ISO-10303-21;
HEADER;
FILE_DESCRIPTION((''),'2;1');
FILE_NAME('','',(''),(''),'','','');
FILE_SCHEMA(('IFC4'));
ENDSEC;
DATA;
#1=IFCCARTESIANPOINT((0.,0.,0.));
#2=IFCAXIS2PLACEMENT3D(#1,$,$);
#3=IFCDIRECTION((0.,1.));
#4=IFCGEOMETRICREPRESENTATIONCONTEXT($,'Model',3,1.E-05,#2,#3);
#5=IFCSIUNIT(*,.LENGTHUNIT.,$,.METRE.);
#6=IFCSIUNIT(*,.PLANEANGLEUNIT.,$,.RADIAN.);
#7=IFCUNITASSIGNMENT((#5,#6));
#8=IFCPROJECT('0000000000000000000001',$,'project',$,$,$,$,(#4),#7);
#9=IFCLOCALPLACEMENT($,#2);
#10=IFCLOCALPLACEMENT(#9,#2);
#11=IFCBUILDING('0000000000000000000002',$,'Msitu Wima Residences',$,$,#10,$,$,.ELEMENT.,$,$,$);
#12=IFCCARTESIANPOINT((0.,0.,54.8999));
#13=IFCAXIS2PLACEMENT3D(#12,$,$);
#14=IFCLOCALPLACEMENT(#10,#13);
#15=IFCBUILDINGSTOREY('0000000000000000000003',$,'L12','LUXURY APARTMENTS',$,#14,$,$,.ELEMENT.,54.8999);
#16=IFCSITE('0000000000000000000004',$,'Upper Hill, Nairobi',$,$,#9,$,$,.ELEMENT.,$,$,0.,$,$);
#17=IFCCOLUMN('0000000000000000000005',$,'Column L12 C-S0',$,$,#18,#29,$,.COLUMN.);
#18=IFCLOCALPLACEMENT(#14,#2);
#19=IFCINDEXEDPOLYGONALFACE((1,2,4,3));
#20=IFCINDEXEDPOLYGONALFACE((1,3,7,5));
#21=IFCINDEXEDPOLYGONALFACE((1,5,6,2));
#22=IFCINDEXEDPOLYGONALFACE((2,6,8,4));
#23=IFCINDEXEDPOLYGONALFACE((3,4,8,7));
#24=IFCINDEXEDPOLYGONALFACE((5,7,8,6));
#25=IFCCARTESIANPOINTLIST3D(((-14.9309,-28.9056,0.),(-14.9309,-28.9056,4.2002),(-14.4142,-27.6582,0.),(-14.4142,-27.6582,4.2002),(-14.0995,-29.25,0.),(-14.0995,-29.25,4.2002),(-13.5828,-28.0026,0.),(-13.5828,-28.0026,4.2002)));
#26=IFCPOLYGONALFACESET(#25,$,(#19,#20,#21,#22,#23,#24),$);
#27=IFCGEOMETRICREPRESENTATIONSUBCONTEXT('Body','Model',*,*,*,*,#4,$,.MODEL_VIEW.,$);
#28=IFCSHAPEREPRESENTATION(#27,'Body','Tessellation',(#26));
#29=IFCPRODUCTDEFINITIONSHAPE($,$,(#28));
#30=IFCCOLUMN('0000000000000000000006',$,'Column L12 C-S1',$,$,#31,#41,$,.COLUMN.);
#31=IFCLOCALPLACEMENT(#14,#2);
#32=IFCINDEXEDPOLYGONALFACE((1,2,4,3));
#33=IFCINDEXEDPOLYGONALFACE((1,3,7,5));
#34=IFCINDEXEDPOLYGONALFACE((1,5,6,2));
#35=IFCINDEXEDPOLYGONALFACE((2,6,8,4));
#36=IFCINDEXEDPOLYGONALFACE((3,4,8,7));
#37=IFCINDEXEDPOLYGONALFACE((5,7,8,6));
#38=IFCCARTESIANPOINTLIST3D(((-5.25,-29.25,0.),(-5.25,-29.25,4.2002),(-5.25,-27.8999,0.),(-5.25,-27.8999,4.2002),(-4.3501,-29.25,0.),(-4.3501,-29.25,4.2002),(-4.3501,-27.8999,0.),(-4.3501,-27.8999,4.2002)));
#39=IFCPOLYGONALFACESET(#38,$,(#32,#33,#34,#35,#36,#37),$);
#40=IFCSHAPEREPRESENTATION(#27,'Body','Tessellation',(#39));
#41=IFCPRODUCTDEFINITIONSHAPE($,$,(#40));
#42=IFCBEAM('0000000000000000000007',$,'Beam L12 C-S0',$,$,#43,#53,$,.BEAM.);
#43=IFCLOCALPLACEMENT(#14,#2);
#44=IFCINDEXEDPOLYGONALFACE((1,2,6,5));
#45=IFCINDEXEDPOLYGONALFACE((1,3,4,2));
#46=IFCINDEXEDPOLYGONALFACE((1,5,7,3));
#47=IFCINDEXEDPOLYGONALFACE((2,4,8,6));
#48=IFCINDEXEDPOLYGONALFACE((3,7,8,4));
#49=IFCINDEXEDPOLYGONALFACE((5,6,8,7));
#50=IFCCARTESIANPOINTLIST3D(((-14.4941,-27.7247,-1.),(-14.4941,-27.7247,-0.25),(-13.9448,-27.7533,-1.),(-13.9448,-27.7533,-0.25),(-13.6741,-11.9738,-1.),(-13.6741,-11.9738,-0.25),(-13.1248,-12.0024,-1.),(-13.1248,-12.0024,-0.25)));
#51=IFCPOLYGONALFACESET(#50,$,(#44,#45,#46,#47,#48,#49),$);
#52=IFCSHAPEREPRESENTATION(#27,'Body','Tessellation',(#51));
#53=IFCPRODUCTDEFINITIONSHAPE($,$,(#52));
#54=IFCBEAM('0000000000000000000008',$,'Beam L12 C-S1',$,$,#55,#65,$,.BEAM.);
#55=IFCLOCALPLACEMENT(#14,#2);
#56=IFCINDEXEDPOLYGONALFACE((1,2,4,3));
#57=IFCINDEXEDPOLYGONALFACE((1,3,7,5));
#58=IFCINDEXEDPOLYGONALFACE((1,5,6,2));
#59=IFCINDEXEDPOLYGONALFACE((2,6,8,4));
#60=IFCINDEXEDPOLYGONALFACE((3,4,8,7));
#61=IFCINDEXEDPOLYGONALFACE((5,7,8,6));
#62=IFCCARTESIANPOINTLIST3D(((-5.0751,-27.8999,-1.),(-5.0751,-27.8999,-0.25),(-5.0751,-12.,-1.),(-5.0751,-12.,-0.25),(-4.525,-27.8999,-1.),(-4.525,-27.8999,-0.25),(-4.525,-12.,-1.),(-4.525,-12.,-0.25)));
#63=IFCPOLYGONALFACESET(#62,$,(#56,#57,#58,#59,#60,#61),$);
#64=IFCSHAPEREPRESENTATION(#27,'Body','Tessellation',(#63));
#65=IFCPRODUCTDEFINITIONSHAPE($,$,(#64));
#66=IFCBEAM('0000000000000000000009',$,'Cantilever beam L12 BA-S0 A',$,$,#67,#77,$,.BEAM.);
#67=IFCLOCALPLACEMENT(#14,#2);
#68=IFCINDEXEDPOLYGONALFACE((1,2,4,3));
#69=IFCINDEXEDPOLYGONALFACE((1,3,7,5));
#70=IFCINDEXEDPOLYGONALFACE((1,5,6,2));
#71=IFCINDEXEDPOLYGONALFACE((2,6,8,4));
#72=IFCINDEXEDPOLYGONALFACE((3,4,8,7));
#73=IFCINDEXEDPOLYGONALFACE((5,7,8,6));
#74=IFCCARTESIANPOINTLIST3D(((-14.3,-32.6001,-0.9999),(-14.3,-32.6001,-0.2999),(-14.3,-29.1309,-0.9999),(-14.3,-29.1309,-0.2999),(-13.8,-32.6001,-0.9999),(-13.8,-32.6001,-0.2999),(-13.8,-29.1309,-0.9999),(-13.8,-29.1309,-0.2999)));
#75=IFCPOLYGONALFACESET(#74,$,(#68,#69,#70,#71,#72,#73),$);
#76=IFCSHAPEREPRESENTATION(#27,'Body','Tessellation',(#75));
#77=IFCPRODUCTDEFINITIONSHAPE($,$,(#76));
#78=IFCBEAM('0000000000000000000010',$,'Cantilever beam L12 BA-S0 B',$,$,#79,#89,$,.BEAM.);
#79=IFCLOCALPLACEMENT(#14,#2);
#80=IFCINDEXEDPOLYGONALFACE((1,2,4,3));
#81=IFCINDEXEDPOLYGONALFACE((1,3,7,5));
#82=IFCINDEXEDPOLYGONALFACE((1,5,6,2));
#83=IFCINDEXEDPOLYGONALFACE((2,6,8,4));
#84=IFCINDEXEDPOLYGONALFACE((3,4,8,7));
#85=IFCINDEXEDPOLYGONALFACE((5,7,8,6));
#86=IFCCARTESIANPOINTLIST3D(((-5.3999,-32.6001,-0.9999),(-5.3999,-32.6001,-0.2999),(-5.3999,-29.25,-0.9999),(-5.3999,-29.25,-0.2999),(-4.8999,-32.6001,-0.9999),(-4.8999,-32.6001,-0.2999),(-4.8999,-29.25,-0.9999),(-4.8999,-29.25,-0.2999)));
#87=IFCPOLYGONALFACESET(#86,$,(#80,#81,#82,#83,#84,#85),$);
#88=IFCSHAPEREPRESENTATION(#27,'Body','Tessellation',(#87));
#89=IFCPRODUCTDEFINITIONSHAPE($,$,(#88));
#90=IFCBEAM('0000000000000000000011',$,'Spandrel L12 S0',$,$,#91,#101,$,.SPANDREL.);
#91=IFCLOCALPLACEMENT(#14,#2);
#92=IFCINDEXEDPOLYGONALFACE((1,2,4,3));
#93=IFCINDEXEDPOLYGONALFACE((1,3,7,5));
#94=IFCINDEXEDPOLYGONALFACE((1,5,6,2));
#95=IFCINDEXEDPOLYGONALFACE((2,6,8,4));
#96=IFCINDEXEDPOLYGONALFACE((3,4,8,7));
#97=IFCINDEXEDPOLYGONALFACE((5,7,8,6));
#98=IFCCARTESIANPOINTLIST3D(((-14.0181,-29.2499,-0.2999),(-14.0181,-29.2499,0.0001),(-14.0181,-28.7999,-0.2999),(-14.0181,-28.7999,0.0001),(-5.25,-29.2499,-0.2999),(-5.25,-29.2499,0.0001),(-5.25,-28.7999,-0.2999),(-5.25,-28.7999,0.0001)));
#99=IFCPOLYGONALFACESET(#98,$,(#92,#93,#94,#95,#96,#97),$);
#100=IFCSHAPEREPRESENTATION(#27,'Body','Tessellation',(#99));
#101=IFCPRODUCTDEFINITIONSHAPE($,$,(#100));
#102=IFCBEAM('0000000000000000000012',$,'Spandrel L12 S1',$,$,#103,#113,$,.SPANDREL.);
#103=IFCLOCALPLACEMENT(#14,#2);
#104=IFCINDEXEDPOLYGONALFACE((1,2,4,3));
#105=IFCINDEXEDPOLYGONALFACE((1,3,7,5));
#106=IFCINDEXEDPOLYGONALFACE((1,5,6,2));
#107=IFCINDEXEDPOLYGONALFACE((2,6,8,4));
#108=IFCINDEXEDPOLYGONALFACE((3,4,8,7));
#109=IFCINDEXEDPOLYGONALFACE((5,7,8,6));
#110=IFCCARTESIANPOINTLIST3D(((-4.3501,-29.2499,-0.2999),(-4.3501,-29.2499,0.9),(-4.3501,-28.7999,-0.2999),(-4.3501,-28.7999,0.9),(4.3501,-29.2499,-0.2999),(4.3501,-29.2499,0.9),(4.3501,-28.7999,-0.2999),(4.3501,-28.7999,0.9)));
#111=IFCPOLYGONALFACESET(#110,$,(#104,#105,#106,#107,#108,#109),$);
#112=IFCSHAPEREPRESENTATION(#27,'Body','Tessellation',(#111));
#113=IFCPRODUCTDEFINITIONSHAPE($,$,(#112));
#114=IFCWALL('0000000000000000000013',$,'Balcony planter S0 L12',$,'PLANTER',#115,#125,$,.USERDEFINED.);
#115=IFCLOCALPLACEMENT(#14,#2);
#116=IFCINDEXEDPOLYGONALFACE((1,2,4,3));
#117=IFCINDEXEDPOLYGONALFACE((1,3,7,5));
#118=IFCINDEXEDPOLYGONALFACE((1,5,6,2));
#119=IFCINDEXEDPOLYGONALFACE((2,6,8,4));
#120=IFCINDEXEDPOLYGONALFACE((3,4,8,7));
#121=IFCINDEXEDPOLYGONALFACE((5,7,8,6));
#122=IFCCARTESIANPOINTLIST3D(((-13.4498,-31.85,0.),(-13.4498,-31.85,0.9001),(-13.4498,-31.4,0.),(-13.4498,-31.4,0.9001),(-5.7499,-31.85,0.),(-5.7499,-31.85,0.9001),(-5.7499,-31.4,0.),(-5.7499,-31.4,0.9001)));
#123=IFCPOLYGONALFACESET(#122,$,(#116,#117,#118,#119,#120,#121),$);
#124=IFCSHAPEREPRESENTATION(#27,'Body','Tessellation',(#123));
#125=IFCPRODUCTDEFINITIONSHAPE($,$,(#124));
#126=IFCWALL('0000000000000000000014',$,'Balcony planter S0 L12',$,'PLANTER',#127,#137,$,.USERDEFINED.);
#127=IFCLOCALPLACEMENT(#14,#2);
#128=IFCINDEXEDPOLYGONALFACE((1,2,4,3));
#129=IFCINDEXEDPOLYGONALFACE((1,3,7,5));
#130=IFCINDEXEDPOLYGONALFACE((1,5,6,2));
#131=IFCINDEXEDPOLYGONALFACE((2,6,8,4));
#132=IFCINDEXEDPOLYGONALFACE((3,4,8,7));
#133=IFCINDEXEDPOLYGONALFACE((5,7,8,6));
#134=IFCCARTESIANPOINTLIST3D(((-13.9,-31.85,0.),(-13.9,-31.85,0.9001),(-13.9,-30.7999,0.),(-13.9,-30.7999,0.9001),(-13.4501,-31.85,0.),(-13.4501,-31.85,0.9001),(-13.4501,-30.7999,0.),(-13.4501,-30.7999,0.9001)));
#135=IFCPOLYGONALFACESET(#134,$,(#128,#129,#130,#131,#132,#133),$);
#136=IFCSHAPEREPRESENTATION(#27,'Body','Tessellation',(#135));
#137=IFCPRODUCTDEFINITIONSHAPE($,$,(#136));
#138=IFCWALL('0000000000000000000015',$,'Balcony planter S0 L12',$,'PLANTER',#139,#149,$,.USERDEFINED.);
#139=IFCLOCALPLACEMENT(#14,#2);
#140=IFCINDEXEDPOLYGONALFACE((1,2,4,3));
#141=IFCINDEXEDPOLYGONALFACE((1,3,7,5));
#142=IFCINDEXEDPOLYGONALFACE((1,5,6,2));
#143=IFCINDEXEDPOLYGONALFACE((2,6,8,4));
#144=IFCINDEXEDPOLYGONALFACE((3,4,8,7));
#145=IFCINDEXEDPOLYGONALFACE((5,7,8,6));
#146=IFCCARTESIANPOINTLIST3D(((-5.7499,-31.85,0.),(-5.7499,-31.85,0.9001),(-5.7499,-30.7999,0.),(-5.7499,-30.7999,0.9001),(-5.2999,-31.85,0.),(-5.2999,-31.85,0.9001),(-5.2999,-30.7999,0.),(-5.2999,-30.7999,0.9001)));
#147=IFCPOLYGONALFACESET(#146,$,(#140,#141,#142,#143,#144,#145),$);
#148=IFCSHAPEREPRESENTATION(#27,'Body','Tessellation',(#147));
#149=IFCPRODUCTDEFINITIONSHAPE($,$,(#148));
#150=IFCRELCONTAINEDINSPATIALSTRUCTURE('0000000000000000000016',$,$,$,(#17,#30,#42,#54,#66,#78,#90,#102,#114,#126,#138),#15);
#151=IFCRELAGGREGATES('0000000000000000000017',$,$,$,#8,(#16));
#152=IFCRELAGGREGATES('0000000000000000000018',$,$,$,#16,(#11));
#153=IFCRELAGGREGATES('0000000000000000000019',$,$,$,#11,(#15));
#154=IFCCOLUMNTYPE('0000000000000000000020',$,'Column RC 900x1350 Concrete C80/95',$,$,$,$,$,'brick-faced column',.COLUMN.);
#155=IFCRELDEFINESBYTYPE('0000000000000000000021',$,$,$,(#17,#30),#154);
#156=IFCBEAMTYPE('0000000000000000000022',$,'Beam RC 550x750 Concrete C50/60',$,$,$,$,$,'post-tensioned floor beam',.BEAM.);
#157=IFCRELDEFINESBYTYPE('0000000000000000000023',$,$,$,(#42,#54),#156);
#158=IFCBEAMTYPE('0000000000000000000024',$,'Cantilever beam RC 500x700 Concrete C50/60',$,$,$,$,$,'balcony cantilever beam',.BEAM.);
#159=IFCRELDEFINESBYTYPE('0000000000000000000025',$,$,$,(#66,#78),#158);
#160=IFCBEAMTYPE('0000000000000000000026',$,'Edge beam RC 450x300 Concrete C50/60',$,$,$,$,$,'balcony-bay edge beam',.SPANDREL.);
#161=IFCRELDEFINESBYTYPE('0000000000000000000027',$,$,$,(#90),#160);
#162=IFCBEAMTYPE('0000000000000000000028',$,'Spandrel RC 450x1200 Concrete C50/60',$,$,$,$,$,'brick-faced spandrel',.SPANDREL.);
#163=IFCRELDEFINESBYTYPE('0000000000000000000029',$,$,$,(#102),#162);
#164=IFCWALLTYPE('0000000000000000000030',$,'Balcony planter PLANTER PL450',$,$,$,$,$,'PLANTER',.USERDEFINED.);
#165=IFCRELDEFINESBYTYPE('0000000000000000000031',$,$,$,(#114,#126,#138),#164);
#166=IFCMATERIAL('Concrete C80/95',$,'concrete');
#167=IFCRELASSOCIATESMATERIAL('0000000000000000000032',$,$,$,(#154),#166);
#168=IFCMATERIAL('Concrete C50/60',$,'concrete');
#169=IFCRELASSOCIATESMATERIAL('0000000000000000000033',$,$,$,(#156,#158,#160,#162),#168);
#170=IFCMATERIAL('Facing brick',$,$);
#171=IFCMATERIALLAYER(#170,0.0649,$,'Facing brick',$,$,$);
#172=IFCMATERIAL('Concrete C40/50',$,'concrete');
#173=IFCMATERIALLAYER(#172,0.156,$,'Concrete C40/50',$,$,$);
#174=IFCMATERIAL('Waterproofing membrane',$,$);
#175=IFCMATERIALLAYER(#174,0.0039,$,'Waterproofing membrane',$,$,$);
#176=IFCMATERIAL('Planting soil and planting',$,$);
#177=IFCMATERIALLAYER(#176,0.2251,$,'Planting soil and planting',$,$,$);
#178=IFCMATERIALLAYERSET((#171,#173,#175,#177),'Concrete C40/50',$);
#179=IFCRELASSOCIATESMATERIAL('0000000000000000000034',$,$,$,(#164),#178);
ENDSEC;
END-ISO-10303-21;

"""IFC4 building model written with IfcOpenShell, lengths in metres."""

from ifc_helpers import new_model, si_unit, direction, frame, frame_2d, origin, origin_2d, place, context, subcontext, project, spatial, rectangle, extrude, material, layer, layer_set, material_profile, profile_set, type_object, element, save


model = new_model("IFC4")

# Units and contexts
model_context = context("Model", 3, precision=1e-05, world=origin(), true_north=direction((0.0, 1.0)))
body_context = subcontext(model_context, "Body", "Model", "MODEL_VIEW")
ifc_project = project(units=[si_unit("LENGTHUNIT", "METRE"), si_unit("PLANEANGLEUNIT", "RADIAN")], contexts=[model_context])

# Site, building, storey
site_placement = place(None, origin())
site = spatial("IfcSite", under=ifc_project, at=site_placement, Name="Upper Hill, Nairobi", CompositionType="ELEMENT", RefElevation=0.0)
building_placement = place(site_placement, origin())
building = spatial("IfcBuilding", under=site, at=building_placement, Name="Msitu Wima Residences", CompositionType="ELEMENT")
storey_placement = place(building_placement, frame((0.0, 0.0, 54.8999)))
storey = spatial("IfcBuildingStorey", under=building, at=storey_placement, Name="L12", Description="LUXURY APARTMENTS", CompositionType="ELEMENT", Elevation=54.8999)

# Columns
ifc_material_1 = material(Name="Concrete C80/95", Category="concrete")
ifc_material_profile_1 = material_profile(ifc_material_1, rectangle(XDim=0.8999, YDim=1.3501, at=origin_2d()), Name="RC 900x1350")
ifc_profile_set_1 = profile_set([ifc_material_profile_1], Name="Concrete C80/95")
column_type = type_object("IfcColumnType", Name="Column RC 900x1350 Concrete C80/95", ElementType="brick-faced column", PredefinedType="COLUMN", material=ifc_profile_set_1)
for number, where, z_axis, x_axis, name in (
    (1, (-14.2568, -28.4541, 0.0), (0.0, 0.0, 1.0), (0.92388, -0.382683, 0.0), "Column L12 C-S0"),
    (2, (-4.8, -28.575, 0.0), (0.0, 0.0, 1.0), (1.0, 0.0, 0.0), "Column L12 C-S1"),
):
    element("IfcColumn", number, at=place(storey_placement, frame(where, z_axis=z_axis, x_axis=x_axis)), inside=storey, type_object=column_type, Name=name, PredefinedType="COLUMN", context=body_context, shape_type="SweptSolid", body=[
        extrude(rectangle(XDim=0.8999, YDim=1.3501, at=origin_2d()), origin(), (0.0, 0.0, 1.0), 4.2002),
    ])

# Beams
ifc_material_2 = material(Name="Concrete C50/60", Category="concrete")
ifc_material_profile_2 = material_profile(ifc_material_2, rectangle(XDim=0.55, YDim=0.75, at=origin_2d()), Name="RC 550x750")
ifc_profile_set_2 = profile_set([ifc_material_profile_2], Name="Concrete C50/60")
beam_type_1 = type_object("IfcBeamType", Name="Beam RC 550x750 Concrete C50/60", ElementType="post-tensioned floor beam", PredefinedType="BEAM", material=ifc_profile_set_2)
beam_1_placement = place(storey_placement, frame((-14.2195, -27.739, -0.625), z_axis=(0.051994, 0.998647, 0.0), x_axis=(-0.998647, 0.051994, 0.0)))
element("IfcBeam", 3, at=beam_1_placement, inside=storey, type_object=beam_type_1, Name="Beam L12 C-S0", PredefinedType="BEAM", context=body_context, shape_type="SweptSolid", body=[
    extrude(rectangle(XDim=0.55, YDim=0.75, at=origin_2d()), origin(), (0.0, 0.0, 1.0), 15.7722),
])
beam_2_placement = place(storey_placement, frame((-4.8, -27.8999, -0.625), z_axis=(0.0, 1.0, 0.0), x_axis=(-1.0, 0.0, 0.0)))
element("IfcBeam", 4, at=beam_2_placement, inside=storey, type_object=beam_type_1, Name="Beam L12 C-S1", PredefinedType="BEAM", context=body_context, shape_type="SweptSolid", body=[
    extrude(rectangle(XDim=0.55, YDim=0.75, at=origin_2d()), origin(), (0.0, 0.0, 1.0), 15.8999),
])
ifc_material_profile_3 = material_profile(ifc_material_2, rectangle(XDim=0.5, YDim=0.7, at=origin_2d()), Name="RC 500x700")
ifc_profile_set_3 = profile_set([ifc_material_profile_3], Name="Concrete C50/60")
beam_type_2 = type_object("IfcBeamType", Name="Cantilever beam RC 500x700 Concrete C50/60", ElementType="balcony cantilever beam", PredefinedType="BEAM", material=ifc_profile_set_3)
beam_3_placement = place(storey_placement, frame((-14.05, -29.1309, -0.6499), z_axis=(0.0, -1.0, 0.0), x_axis=(1.0, 0.0, 0.0)))
element("IfcBeam", 5, at=beam_3_placement, inside=storey, type_object=beam_type_2, Name="Cantilever beam L12 BA-S0 A", PredefinedType="BEAM", context=body_context, shape_type="SweptSolid", body=[
    extrude(rectangle(XDim=0.5, YDim=0.7, at=origin_2d()), origin(), (0.0, 0.0, 1.0), 3.4692),
])
beam_4_placement = place(storey_placement, frame((-5.1499, -29.25, -0.6499), z_axis=(0.0, -1.0, 0.0), x_axis=(1.0, 0.0, 0.0)))
element("IfcBeam", 6, at=beam_4_placement, inside=storey, type_object=beam_type_2, Name="Cantilever beam L12 BA-S0 B", PredefinedType="BEAM", context=body_context, shape_type="SweptSolid", body=[
    extrude(rectangle(XDim=0.5, YDim=0.7, at=origin_2d()), origin(), (0.0, 0.0, 1.0), 3.3501),
])
ifc_material_profile_4 = material_profile(ifc_material_2, rectangle(XDim=0.45, YDim=0.3, at=origin_2d()), Name="RC 450x300")
ifc_profile_set_4 = profile_set([ifc_material_profile_4], Name="Concrete C50/60")
beam_type_3 = type_object("IfcBeamType", Name="Edge beam RC 450x300 Concrete C50/60", ElementType="balcony-bay edge beam", PredefinedType="SPANDREL", material=ifc_profile_set_4)
beam_5_placement = place(storey_placement, frame((-14.0181, -29.0249, -0.1499), z_axis=(1.0, 0.0, 0.0), x_axis=(0.0, 1.0, 0.0)))
element("IfcBeam", 7, at=beam_5_placement, inside=storey, type_object=beam_type_3, Name="Spandrel L12 S0", PredefinedType="SPANDREL", context=body_context, shape_type="SweptSolid", body=[
    extrude(rectangle(XDim=0.45, YDim=0.3, at=origin_2d()), origin(), (0.0, 0.0, 1.0), 8.7681),
])
ifc_material_profile_5 = material_profile(ifc_material_2, rectangle(XDim=0.45, YDim=1.2, at=origin_2d()), Name="RC 450x1200")
ifc_profile_set_5 = profile_set([ifc_material_profile_5], Name="Concrete C50/60")
beam_type_4 = type_object("IfcBeamType", Name="Spandrel RC 450x1200 Concrete C50/60", ElementType="brick-faced spandrel", PredefinedType="SPANDREL", material=ifc_profile_set_5)
beam_6_placement = place(storey_placement, frame((-4.3501, -29.0249, 0.3), z_axis=(1.0, 0.0, 0.0), x_axis=(0.0, 1.0, 0.0)))
element("IfcBeam", 8, at=beam_6_placement, inside=storey, type_object=beam_type_4, Name="Spandrel L12 S1", PredefinedType="SPANDREL", context=body_context, shape_type="SweptSolid", body=[
    extrude(rectangle(XDim=0.45, YDim=1.2, at=origin_2d()), origin(), (0.0, 0.0, 1.0), 8.7002),
])

# Walls
ifc_material_3 = material(Name="Facing brick")
ifc_layer_1 = layer(ifc_material_3, 0.0649, Name="Facing brick")
ifc_material_4 = material(Name="Concrete C40/50", Category="concrete")
ifc_layer_2 = layer(ifc_material_4, 0.156, Name="Concrete C40/50")
ifc_material_5 = material(Name="Waterproofing membrane")
ifc_layer_3 = layer(ifc_material_5, 0.0039, Name="Waterproofing membrane")
ifc_material_6 = material(Name="Planting soil and planting")
ifc_layer_4 = layer(ifc_material_6, 0.2251, Name="Planting soil and planting")
ifc_layer_set_1 = layer_set([ifc_layer_1, ifc_layer_2, ifc_layer_3, ifc_layer_4], Name="Concrete C40/50")
wall_type_1 = type_object("IfcWallType", Name="Balcony planter PLANTER PL450", ElementType="PLANTER", PredefinedType="USERDEFINED", material=ifc_layer_set_1)
wall_1_placement = place(storey_placement, frame((-13.45, -31.625, 0.0), z_axis=(0.0, 0.0, 1.0), x_axis=(1.0, 0.0, 0.0)))
element("IfcWall", 9, at=wall_1_placement, inside=storey, type_object=wall_type_1, Name="Balcony planter S0 L12", ObjectType="PLANTER", PredefinedType="USERDEFINED", context=body_context, shape_type="SweptSolid", body=[
    extrude(rectangle(XDim=7.7, YDim=0.45, at=frame_2d((3.8501, 0.0))), origin(), (0.0, 0.0, 1.0), 0.9001),
])
for number, where, z_axis, x_axis, name in (
    (10, (-13.675, -30.8, 0.0), (0.0, 0.0, 1.0), (0.0, -1.0, 0.0), "Balcony planter S0 L12"),
    (11, (-5.5249, -30.8, 0.0), (0.0, 0.0, 1.0), (0.0, -1.0, 0.0), "Balcony planter S0 L12"),
):
    element("IfcWall", number, at=place(storey_placement, frame(where, z_axis=z_axis, x_axis=x_axis)), inside=storey, type_object=wall_type_1, Name=name, ObjectType="PLANTER", PredefinedType="USERDEFINED", context=body_context, shape_type="SweptSolid", body=[
        extrude(rectangle(XDim=1.05, YDim=0.45, at=frame_2d((0.5249, 0.0))), origin(), (0.0, 0.0, 1.0), 0.9001),
    ])

save(model, "model.ifc")
